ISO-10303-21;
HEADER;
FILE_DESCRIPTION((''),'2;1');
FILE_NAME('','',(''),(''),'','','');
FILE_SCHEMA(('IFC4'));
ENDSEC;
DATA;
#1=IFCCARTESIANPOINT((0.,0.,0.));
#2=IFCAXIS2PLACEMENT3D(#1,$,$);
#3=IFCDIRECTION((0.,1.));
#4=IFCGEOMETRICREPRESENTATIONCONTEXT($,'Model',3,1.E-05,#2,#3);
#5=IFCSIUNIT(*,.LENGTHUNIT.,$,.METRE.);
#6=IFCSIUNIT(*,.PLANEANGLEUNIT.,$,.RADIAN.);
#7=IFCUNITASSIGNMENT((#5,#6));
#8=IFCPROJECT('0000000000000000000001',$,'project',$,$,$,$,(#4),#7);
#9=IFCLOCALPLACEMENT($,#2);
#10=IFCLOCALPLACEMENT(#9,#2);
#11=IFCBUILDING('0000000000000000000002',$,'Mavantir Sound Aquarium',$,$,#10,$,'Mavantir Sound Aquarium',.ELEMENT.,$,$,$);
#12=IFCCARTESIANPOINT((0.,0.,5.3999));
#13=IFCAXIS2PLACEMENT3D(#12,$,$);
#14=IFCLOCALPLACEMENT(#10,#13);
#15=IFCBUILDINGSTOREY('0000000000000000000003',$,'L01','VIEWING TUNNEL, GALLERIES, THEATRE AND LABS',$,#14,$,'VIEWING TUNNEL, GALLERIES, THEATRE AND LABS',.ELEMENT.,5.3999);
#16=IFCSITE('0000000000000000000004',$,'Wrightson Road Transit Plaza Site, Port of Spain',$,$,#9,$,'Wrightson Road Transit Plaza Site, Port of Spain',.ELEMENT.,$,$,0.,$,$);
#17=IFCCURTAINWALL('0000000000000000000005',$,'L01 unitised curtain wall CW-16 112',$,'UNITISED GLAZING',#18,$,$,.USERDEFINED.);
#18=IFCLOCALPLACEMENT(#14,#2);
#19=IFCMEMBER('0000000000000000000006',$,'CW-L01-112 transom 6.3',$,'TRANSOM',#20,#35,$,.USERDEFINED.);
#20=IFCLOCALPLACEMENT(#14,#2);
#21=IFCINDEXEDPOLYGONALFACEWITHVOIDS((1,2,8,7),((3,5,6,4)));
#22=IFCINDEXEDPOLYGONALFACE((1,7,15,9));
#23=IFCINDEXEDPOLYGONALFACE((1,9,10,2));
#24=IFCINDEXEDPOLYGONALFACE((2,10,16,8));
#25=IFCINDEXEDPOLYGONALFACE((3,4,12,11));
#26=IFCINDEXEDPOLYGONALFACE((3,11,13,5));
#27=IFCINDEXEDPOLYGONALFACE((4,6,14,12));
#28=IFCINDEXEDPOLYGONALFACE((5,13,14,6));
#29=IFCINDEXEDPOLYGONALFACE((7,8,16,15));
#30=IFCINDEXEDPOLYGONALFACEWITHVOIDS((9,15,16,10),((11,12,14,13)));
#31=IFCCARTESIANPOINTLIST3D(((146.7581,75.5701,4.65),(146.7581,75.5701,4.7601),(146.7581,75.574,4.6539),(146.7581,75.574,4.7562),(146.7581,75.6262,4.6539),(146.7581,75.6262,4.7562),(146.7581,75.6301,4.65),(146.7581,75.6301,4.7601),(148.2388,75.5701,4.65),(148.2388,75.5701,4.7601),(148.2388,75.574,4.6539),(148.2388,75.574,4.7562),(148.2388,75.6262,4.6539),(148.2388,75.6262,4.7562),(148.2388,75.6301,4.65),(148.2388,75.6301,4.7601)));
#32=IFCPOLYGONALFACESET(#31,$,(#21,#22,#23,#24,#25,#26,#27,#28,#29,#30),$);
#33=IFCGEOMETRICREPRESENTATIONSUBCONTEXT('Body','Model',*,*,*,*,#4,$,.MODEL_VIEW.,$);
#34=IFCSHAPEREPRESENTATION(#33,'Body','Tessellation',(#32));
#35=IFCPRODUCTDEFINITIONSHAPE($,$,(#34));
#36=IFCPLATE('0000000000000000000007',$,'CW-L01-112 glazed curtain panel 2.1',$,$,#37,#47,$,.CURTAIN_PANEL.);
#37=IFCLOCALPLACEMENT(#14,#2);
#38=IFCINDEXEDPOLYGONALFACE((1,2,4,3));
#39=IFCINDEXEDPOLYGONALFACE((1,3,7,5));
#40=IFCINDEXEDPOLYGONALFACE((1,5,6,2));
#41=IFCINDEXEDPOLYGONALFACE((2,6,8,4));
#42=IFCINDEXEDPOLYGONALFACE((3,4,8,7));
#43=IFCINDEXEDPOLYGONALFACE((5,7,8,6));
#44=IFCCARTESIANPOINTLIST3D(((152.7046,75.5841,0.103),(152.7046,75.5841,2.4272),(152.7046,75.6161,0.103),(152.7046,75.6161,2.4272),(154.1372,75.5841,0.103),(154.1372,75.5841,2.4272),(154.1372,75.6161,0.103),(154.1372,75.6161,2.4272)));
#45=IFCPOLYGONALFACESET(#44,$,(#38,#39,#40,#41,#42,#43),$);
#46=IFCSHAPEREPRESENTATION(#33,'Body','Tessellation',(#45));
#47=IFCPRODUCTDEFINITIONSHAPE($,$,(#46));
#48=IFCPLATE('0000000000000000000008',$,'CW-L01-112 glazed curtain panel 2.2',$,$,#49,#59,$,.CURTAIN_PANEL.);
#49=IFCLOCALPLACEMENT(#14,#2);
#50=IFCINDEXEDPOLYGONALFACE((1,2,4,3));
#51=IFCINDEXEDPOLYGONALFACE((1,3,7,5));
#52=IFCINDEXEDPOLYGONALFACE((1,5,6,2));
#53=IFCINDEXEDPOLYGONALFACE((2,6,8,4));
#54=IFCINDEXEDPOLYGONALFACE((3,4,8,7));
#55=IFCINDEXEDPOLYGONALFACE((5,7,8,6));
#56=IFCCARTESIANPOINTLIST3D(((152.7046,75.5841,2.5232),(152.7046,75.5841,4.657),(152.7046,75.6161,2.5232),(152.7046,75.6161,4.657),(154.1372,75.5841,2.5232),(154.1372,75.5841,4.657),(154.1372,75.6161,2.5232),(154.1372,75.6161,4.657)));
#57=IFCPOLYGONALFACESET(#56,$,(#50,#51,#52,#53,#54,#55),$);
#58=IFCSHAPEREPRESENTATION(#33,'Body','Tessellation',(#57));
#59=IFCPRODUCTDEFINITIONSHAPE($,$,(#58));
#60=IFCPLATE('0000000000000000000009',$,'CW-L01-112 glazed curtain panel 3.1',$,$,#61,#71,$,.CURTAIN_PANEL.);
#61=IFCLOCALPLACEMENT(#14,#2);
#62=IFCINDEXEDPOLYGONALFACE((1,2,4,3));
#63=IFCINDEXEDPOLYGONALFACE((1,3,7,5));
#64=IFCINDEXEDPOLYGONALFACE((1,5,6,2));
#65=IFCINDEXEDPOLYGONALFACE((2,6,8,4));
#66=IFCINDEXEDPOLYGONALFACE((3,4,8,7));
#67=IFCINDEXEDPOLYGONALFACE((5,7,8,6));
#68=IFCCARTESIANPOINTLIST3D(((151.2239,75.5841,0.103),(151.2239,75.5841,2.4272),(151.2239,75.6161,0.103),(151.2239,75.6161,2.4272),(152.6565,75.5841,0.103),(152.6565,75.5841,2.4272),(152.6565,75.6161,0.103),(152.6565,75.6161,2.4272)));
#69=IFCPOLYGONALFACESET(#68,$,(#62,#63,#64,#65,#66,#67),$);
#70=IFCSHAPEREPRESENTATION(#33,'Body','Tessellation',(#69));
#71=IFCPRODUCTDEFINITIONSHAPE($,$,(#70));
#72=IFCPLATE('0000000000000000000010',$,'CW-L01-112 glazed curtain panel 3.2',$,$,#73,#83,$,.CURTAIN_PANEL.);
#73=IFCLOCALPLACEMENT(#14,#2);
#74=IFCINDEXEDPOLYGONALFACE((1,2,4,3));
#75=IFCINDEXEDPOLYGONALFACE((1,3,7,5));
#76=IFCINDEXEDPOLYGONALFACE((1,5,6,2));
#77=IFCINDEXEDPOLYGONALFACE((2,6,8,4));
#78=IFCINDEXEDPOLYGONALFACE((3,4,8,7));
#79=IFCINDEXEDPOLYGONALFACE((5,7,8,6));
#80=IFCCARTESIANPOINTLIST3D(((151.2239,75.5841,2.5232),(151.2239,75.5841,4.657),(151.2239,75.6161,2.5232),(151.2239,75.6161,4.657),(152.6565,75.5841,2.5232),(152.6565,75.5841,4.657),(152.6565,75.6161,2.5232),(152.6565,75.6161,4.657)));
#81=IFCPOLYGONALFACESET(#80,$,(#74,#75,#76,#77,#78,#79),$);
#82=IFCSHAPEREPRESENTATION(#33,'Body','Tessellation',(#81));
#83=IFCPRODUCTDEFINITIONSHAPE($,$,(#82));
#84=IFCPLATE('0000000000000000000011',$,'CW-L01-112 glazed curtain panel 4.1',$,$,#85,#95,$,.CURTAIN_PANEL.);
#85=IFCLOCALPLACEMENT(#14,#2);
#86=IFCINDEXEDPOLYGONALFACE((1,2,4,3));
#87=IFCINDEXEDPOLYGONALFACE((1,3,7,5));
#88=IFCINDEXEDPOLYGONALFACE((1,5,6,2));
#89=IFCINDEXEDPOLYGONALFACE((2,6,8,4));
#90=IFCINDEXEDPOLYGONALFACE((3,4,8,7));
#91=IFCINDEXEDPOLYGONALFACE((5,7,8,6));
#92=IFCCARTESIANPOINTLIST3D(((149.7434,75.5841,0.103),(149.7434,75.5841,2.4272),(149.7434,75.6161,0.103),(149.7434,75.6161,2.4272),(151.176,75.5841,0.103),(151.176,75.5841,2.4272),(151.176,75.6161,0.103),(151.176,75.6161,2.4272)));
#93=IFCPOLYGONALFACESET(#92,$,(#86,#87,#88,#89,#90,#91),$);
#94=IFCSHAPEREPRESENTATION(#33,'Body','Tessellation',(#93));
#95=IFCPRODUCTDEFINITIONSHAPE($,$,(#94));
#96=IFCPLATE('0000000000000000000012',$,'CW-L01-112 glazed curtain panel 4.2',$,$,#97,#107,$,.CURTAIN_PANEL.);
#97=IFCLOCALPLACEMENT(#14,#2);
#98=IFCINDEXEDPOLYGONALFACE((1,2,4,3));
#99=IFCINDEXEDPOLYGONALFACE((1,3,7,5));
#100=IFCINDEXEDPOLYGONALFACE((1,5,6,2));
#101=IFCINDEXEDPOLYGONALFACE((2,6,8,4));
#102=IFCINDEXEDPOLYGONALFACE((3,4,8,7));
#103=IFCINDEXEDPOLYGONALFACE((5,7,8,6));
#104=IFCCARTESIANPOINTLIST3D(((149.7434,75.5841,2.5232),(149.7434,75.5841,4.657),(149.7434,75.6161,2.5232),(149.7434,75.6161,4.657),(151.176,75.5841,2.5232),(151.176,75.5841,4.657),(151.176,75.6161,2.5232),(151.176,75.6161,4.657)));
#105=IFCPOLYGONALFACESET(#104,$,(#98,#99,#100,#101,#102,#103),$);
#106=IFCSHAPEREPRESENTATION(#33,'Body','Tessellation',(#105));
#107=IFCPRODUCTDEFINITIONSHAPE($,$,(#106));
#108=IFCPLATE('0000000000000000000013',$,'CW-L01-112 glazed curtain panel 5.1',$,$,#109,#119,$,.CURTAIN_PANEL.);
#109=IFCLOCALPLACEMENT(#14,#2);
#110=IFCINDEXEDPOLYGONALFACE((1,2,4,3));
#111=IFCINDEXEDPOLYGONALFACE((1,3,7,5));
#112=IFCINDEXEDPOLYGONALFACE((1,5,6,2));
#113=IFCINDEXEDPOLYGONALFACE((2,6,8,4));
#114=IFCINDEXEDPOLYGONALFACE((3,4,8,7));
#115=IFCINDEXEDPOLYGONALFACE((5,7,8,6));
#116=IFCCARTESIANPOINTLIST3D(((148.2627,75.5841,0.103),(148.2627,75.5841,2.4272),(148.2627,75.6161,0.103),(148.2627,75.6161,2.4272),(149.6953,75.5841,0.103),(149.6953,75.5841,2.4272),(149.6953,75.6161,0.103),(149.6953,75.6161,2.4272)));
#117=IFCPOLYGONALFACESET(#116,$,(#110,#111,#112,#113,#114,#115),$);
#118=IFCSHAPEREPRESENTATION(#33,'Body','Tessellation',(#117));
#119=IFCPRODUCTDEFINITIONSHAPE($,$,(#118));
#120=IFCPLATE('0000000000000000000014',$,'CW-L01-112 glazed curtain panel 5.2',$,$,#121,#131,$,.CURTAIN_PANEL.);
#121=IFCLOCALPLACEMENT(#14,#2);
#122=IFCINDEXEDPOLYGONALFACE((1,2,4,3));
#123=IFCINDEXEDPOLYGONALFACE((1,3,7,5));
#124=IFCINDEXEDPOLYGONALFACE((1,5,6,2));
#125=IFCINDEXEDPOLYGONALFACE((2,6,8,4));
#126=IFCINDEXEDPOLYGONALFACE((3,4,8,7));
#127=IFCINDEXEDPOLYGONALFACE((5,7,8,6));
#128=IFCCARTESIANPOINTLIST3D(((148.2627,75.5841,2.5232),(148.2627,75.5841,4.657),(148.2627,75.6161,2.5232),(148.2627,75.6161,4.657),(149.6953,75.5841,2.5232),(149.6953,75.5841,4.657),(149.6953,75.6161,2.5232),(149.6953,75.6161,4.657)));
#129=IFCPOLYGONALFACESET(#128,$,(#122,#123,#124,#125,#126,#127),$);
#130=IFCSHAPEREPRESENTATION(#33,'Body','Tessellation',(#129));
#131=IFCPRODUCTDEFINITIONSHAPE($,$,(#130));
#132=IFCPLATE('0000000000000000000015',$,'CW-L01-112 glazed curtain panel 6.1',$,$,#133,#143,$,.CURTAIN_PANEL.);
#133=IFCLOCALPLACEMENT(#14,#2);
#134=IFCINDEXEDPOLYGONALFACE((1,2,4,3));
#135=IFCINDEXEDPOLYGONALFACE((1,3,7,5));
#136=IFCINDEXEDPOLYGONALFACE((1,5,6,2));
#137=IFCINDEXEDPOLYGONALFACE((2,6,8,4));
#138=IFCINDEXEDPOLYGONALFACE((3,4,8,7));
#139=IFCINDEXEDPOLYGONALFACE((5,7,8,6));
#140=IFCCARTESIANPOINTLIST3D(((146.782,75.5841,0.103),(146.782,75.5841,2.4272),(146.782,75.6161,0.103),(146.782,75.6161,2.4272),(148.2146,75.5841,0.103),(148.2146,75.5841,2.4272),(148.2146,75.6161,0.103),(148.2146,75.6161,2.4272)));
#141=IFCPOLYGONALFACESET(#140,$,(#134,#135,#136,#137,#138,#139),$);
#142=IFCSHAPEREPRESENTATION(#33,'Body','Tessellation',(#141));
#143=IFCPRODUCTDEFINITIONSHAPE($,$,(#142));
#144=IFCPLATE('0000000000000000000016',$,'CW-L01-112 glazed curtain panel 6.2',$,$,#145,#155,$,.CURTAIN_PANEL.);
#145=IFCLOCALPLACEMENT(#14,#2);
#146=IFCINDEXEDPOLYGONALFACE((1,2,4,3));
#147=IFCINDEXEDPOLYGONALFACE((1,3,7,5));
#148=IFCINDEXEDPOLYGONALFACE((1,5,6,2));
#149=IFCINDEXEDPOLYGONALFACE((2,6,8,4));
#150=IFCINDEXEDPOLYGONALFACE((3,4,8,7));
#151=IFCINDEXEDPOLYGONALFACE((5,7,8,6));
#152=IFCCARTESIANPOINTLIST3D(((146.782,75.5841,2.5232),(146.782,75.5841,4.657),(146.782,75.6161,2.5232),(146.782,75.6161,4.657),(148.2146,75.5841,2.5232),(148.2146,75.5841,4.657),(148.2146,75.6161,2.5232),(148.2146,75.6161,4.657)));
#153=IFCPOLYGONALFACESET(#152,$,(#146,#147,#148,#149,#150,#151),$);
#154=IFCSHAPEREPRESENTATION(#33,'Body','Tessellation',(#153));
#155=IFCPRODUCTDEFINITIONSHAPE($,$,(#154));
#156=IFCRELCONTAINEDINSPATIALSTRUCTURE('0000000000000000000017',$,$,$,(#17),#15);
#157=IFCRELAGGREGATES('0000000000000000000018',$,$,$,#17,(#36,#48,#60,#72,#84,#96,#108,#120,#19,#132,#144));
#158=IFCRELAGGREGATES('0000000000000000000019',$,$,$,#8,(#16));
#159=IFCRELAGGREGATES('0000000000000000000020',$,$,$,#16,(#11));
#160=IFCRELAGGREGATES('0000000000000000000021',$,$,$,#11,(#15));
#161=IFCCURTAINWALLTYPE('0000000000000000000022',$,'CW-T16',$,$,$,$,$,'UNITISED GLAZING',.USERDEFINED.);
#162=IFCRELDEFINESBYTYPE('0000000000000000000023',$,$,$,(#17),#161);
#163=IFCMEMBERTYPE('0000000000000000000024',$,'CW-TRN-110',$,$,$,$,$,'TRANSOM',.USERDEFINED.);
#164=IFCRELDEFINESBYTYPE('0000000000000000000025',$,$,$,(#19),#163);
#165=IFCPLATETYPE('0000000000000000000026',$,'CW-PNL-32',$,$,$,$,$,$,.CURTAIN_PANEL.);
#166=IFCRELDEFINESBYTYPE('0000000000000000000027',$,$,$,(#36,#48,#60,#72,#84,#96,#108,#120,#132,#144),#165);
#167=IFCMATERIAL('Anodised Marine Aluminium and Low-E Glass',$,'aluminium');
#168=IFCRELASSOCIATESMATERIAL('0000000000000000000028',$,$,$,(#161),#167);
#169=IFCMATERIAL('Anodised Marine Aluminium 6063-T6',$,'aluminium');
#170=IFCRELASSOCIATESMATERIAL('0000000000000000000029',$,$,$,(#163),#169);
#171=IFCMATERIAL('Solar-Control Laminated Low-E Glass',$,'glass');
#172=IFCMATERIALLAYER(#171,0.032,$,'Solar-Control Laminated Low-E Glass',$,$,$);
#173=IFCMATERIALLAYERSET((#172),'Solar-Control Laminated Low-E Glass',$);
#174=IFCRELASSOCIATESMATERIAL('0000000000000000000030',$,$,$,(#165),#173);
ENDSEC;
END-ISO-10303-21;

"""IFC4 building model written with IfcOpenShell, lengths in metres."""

from ifc_helpers import new_model, si_unit, direction, frame, origin, origin_2d, place, context, subcontext, project, spatial, rectangle, hollow_rectangle, extrude, material, layer, layer_set, material_profile, profile_set, type_object, element, aggregate, save


model = new_model("IFC4")

# Units and contexts
model_context = context("Model", 3, precision=1e-05, world=origin(), true_north=direction((0.0, 1.0)))
body_context = subcontext(model_context, "Body", "Model", "MODEL_VIEW")
ifc_project = project(units=[si_unit("LENGTHUNIT", "METRE"), si_unit("PLANEANGLEUNIT", "RADIAN")], contexts=[model_context])

# Site, building, storey
site_placement = place(None, origin())
site = spatial("IfcSite", under=ifc_project, at=site_placement, Name="Wrightson Road Transit Plaza Site, Port of Spain", LongName="Wrightson Road Transit Plaza Site, Port of Spain", CompositionType="ELEMENT", RefElevation=0.0)
building_placement = place(site_placement, origin())
building = spatial("IfcBuilding", under=site, at=building_placement, Name="Mavantir Sound Aquarium", LongName="Mavantir Sound Aquarium", CompositionType="ELEMENT")
storey_placement = place(building_placement, frame((0.0, 0.0, 5.3999)))
storey = spatial("IfcBuildingStorey", under=building, at=storey_placement, Name="L01", Description="VIEWING TUNNEL, GALLERIES, THEATRE AND LABS", LongName="VIEWING TUNNEL, GALLERIES, THEATRE AND LABS", CompositionType="ELEMENT", Elevation=5.3999)

# Curtain wall, member, plates
ifc_material_1 = material(Name="Anodised Marine Aluminium and Low-E Glass", Category="aluminium")
curtain_wall_type = type_object("IfcCurtainWallType", Name="CW-T16", ElementType="UNITISED GLAZING", PredefinedType="USERDEFINED", material=ifc_material_1)
curtain_wall_placement = place(storey_placement, origin())
curtain_wall = element("IfcCurtainWall", 1, at=curtain_wall_placement, inside=storey, type_object=curtain_wall_type, Name="L01 unitised curtain wall CW-16 112", ObjectType="UNITISED GLAZING", PredefinedType="USERDEFINED")
ifc_material_2 = material(Name="Anodised Marine Aluminium 6063-T6", Category="aluminium")
ifc_material_profile_1 = material_profile(ifc_material_2, hollow_rectangle(XDim=0.0601, YDim=0.1101, WallThickness=0.0039, at=origin_2d()), Name="ALU-TRANSOM-110X60")
ifc_profile_set_1 = profile_set([ifc_material_profile_1], Name="Anodised Marine Aluminium 6063-T6")
member_type_1 = type_object("IfcMemberType", Name="CW-TRN-110", ElementType="TRANSOM", PredefinedType="USERDEFINED", material=ifc_profile_set_1)
member_1_placement = place(storey_placement, frame((148.2388, 75.6001, 4.7051), z_axis=(-1.0, 0.0, 0.0), x_axis=(0.0, -1.0, 0.0)))
member_1 = element("IfcMember", 2, at=member_1_placement, type_object=member_type_1, Name="CW-L01-112 transom 6.3", ObjectType="TRANSOM", PredefinedType="USERDEFINED", context=body_context, shape_type="SweptSolid", body=[
    extrude(hollow_rectangle(XDim=0.0601, YDim=0.1101, WallThickness=0.0039, at=origin_2d()), origin(), (0.0, 0.0, 1.0), 1.4807),
])
ifc_material_3 = material(Name="Solar-Control Laminated Low-E Glass", Category="glass")
ifc_layer = layer(ifc_material_3, 0.032, Name="Solar-Control Laminated Low-E Glass")
ifc_layer_set = layer_set([ifc_layer], Name="Solar-Control Laminated Low-E Glass")
plate_type = type_object("IfcPlateType", Name="CW-PNL-32", PredefinedType="CURTAIN_PANEL", material=ifc_layer_set)
plate_1_placement = place(storey_placement, frame((153.4209, 75.6001, 0.103), z_axis=(0.0, 0.0, 1.0), x_axis=(-1.0, 0.0, 0.0)))
plate_1 = element("IfcPlate", 3, at=plate_1_placement, type_object=plate_type, Name="CW-L01-112 glazed curtain panel 2.1", PredefinedType="CURTAIN_PANEL", context=body_context, shape_type="SweptSolid", body=[
    extrude(rectangle(XDim=1.4326, YDim=0.032, at=origin_2d()), origin(), (0.0, 0.0, 1.0), 2.3242),
])
plate_2_placement = place(storey_placement, frame((153.4209, 75.6001, 2.5232), z_axis=(0.0, 0.0, 1.0), x_axis=(-1.0, 0.0, 0.0)))
plate_2 = element("IfcPlate", 4, at=plate_2_placement, type_object=plate_type, Name="CW-L01-112 glazed curtain panel 2.2", PredefinedType="CURTAIN_PANEL", context=body_context, shape_type="SweptSolid", body=[
    extrude(rectangle(XDim=1.4326, YDim=0.032, at=origin_2d()), origin(), (0.0, 0.0, 1.0), 2.1338),
])
plate_3_placement = place(storey_placement, frame((151.9402, 75.6001, 0.103), z_axis=(0.0, 0.0, 1.0), x_axis=(-1.0, 0.0, 0.0)))
plate_3 = element("IfcPlate", 5, at=plate_3_placement, type_object=plate_type, Name="CW-L01-112 glazed curtain panel 3.1", PredefinedType="CURTAIN_PANEL", context=body_context, shape_type="SweptSolid", body=[
    extrude(rectangle(XDim=1.4326, YDim=0.032, at=origin_2d()), origin(), (0.0, 0.0, 1.0), 2.3242),
])
plate_4_placement = place(storey_placement, frame((151.9402, 75.6001, 2.5232), z_axis=(0.0, 0.0, 1.0), x_axis=(-1.0, 0.0, 0.0)))
plate_4 = element("IfcPlate", 6, at=plate_4_placement, type_object=plate_type, Name="CW-L01-112 glazed curtain panel 3.2", PredefinedType="CURTAIN_PANEL", context=body_context, shape_type="SweptSolid", body=[
    extrude(rectangle(XDim=1.4326, YDim=0.032, at=origin_2d()), origin(), (0.0, 0.0, 1.0), 2.1338),
])
plate_5_placement = place(storey_placement, frame((150.4597, 75.6001, 0.103), z_axis=(0.0, 0.0, 1.0), x_axis=(-1.0, 0.0, 0.0)))
plate_5 = element("IfcPlate", 7, at=plate_5_placement, type_object=plate_type, Name="CW-L01-112 glazed curtain panel 4.1", PredefinedType="CURTAIN_PANEL", context=body_context, shape_type="SweptSolid", body=[
    extrude(rectangle(XDim=1.4326, YDim=0.032, at=origin_2d()), origin(), (0.0, 0.0, 1.0), 2.3242),
])
plate_6_placement = place(storey_placement, frame((150.4597, 75.6001, 2.5232), z_axis=(0.0, 0.0, 1.0), x_axis=(-1.0, 0.0, 0.0)))
plate_6 = element("IfcPlate", 8, at=plate_6_placement, type_object=plate_type, Name="CW-L01-112 glazed curtain panel 4.2", PredefinedType="CURTAIN_PANEL", context=body_context, shape_type="SweptSolid", body=[
    extrude(rectangle(XDim=1.4326, YDim=0.032, at=origin_2d()), origin(), (0.0, 0.0, 1.0), 2.1338),
])
plate_7_placement = place(storey_placement, frame((148.979, 75.6001, 0.103), z_axis=(0.0, 0.0, 1.0), x_axis=(-1.0, 0.0, 0.0)))
plate_7 = element("IfcPlate", 9, at=plate_7_placement, type_object=plate_type, Name="CW-L01-112 glazed curtain panel 5.1", PredefinedType="CURTAIN_PANEL", context=body_context, shape_type="SweptSolid", body=[
    extrude(rectangle(XDim=1.4326, YDim=0.032, at=origin_2d()), origin(), (0.0, 0.0, 1.0), 2.3242),
])
plate_8_placement = place(storey_placement, frame((148.979, 75.6001, 2.5232), z_axis=(0.0, 0.0, 1.0), x_axis=(-1.0, 0.0, 0.0)))
plate_8 = element("IfcPlate", 10, at=plate_8_placement, type_object=plate_type, Name="CW-L01-112 glazed curtain panel 5.2", PredefinedType="CURTAIN_PANEL", context=body_context, shape_type="SweptSolid", body=[
    extrude(rectangle(XDim=1.4326, YDim=0.032, at=origin_2d()), origin(), (0.0, 0.0, 1.0), 2.1338),
])
plate_9_placement = place(storey_placement, frame((147.4983, 75.6001, 0.103), z_axis=(0.0, 0.0, 1.0), x_axis=(-1.0, 0.0, 0.0)))
plate_9 = element("IfcPlate", 11, at=plate_9_placement, type_object=plate_type, Name="CW-L01-112 glazed curtain panel 6.1", PredefinedType="CURTAIN_PANEL", context=body_context, shape_type="SweptSolid", body=[
    extrude(rectangle(XDim=1.4326, YDim=0.032, at=origin_2d()), origin(), (0.0, 0.0, 1.0), 2.3242),
])
plate_10_placement = place(storey_placement, frame((147.4983, 75.6001, 2.5232), z_axis=(0.0, 0.0, 1.0), x_axis=(-1.0, 0.0, 0.0)))
plate_10 = element("IfcPlate", 12, at=plate_10_placement, type_object=plate_type, Name="CW-L01-112 glazed curtain panel 6.2", PredefinedType="CURTAIN_PANEL", context=body_context, shape_type="SweptSolid", body=[
    extrude(rectangle(XDim=1.4326, YDim=0.032, at=origin_2d()), origin(), (0.0, 0.0, 1.0), 2.1338),
])
aggregate(curtain_wall, [plate_1, plate_2, plate_3, plate_4, plate_5, plate_6, plate_7, plate_8, member_1, plate_9, plate_10])

save(model, "model.ifc")
